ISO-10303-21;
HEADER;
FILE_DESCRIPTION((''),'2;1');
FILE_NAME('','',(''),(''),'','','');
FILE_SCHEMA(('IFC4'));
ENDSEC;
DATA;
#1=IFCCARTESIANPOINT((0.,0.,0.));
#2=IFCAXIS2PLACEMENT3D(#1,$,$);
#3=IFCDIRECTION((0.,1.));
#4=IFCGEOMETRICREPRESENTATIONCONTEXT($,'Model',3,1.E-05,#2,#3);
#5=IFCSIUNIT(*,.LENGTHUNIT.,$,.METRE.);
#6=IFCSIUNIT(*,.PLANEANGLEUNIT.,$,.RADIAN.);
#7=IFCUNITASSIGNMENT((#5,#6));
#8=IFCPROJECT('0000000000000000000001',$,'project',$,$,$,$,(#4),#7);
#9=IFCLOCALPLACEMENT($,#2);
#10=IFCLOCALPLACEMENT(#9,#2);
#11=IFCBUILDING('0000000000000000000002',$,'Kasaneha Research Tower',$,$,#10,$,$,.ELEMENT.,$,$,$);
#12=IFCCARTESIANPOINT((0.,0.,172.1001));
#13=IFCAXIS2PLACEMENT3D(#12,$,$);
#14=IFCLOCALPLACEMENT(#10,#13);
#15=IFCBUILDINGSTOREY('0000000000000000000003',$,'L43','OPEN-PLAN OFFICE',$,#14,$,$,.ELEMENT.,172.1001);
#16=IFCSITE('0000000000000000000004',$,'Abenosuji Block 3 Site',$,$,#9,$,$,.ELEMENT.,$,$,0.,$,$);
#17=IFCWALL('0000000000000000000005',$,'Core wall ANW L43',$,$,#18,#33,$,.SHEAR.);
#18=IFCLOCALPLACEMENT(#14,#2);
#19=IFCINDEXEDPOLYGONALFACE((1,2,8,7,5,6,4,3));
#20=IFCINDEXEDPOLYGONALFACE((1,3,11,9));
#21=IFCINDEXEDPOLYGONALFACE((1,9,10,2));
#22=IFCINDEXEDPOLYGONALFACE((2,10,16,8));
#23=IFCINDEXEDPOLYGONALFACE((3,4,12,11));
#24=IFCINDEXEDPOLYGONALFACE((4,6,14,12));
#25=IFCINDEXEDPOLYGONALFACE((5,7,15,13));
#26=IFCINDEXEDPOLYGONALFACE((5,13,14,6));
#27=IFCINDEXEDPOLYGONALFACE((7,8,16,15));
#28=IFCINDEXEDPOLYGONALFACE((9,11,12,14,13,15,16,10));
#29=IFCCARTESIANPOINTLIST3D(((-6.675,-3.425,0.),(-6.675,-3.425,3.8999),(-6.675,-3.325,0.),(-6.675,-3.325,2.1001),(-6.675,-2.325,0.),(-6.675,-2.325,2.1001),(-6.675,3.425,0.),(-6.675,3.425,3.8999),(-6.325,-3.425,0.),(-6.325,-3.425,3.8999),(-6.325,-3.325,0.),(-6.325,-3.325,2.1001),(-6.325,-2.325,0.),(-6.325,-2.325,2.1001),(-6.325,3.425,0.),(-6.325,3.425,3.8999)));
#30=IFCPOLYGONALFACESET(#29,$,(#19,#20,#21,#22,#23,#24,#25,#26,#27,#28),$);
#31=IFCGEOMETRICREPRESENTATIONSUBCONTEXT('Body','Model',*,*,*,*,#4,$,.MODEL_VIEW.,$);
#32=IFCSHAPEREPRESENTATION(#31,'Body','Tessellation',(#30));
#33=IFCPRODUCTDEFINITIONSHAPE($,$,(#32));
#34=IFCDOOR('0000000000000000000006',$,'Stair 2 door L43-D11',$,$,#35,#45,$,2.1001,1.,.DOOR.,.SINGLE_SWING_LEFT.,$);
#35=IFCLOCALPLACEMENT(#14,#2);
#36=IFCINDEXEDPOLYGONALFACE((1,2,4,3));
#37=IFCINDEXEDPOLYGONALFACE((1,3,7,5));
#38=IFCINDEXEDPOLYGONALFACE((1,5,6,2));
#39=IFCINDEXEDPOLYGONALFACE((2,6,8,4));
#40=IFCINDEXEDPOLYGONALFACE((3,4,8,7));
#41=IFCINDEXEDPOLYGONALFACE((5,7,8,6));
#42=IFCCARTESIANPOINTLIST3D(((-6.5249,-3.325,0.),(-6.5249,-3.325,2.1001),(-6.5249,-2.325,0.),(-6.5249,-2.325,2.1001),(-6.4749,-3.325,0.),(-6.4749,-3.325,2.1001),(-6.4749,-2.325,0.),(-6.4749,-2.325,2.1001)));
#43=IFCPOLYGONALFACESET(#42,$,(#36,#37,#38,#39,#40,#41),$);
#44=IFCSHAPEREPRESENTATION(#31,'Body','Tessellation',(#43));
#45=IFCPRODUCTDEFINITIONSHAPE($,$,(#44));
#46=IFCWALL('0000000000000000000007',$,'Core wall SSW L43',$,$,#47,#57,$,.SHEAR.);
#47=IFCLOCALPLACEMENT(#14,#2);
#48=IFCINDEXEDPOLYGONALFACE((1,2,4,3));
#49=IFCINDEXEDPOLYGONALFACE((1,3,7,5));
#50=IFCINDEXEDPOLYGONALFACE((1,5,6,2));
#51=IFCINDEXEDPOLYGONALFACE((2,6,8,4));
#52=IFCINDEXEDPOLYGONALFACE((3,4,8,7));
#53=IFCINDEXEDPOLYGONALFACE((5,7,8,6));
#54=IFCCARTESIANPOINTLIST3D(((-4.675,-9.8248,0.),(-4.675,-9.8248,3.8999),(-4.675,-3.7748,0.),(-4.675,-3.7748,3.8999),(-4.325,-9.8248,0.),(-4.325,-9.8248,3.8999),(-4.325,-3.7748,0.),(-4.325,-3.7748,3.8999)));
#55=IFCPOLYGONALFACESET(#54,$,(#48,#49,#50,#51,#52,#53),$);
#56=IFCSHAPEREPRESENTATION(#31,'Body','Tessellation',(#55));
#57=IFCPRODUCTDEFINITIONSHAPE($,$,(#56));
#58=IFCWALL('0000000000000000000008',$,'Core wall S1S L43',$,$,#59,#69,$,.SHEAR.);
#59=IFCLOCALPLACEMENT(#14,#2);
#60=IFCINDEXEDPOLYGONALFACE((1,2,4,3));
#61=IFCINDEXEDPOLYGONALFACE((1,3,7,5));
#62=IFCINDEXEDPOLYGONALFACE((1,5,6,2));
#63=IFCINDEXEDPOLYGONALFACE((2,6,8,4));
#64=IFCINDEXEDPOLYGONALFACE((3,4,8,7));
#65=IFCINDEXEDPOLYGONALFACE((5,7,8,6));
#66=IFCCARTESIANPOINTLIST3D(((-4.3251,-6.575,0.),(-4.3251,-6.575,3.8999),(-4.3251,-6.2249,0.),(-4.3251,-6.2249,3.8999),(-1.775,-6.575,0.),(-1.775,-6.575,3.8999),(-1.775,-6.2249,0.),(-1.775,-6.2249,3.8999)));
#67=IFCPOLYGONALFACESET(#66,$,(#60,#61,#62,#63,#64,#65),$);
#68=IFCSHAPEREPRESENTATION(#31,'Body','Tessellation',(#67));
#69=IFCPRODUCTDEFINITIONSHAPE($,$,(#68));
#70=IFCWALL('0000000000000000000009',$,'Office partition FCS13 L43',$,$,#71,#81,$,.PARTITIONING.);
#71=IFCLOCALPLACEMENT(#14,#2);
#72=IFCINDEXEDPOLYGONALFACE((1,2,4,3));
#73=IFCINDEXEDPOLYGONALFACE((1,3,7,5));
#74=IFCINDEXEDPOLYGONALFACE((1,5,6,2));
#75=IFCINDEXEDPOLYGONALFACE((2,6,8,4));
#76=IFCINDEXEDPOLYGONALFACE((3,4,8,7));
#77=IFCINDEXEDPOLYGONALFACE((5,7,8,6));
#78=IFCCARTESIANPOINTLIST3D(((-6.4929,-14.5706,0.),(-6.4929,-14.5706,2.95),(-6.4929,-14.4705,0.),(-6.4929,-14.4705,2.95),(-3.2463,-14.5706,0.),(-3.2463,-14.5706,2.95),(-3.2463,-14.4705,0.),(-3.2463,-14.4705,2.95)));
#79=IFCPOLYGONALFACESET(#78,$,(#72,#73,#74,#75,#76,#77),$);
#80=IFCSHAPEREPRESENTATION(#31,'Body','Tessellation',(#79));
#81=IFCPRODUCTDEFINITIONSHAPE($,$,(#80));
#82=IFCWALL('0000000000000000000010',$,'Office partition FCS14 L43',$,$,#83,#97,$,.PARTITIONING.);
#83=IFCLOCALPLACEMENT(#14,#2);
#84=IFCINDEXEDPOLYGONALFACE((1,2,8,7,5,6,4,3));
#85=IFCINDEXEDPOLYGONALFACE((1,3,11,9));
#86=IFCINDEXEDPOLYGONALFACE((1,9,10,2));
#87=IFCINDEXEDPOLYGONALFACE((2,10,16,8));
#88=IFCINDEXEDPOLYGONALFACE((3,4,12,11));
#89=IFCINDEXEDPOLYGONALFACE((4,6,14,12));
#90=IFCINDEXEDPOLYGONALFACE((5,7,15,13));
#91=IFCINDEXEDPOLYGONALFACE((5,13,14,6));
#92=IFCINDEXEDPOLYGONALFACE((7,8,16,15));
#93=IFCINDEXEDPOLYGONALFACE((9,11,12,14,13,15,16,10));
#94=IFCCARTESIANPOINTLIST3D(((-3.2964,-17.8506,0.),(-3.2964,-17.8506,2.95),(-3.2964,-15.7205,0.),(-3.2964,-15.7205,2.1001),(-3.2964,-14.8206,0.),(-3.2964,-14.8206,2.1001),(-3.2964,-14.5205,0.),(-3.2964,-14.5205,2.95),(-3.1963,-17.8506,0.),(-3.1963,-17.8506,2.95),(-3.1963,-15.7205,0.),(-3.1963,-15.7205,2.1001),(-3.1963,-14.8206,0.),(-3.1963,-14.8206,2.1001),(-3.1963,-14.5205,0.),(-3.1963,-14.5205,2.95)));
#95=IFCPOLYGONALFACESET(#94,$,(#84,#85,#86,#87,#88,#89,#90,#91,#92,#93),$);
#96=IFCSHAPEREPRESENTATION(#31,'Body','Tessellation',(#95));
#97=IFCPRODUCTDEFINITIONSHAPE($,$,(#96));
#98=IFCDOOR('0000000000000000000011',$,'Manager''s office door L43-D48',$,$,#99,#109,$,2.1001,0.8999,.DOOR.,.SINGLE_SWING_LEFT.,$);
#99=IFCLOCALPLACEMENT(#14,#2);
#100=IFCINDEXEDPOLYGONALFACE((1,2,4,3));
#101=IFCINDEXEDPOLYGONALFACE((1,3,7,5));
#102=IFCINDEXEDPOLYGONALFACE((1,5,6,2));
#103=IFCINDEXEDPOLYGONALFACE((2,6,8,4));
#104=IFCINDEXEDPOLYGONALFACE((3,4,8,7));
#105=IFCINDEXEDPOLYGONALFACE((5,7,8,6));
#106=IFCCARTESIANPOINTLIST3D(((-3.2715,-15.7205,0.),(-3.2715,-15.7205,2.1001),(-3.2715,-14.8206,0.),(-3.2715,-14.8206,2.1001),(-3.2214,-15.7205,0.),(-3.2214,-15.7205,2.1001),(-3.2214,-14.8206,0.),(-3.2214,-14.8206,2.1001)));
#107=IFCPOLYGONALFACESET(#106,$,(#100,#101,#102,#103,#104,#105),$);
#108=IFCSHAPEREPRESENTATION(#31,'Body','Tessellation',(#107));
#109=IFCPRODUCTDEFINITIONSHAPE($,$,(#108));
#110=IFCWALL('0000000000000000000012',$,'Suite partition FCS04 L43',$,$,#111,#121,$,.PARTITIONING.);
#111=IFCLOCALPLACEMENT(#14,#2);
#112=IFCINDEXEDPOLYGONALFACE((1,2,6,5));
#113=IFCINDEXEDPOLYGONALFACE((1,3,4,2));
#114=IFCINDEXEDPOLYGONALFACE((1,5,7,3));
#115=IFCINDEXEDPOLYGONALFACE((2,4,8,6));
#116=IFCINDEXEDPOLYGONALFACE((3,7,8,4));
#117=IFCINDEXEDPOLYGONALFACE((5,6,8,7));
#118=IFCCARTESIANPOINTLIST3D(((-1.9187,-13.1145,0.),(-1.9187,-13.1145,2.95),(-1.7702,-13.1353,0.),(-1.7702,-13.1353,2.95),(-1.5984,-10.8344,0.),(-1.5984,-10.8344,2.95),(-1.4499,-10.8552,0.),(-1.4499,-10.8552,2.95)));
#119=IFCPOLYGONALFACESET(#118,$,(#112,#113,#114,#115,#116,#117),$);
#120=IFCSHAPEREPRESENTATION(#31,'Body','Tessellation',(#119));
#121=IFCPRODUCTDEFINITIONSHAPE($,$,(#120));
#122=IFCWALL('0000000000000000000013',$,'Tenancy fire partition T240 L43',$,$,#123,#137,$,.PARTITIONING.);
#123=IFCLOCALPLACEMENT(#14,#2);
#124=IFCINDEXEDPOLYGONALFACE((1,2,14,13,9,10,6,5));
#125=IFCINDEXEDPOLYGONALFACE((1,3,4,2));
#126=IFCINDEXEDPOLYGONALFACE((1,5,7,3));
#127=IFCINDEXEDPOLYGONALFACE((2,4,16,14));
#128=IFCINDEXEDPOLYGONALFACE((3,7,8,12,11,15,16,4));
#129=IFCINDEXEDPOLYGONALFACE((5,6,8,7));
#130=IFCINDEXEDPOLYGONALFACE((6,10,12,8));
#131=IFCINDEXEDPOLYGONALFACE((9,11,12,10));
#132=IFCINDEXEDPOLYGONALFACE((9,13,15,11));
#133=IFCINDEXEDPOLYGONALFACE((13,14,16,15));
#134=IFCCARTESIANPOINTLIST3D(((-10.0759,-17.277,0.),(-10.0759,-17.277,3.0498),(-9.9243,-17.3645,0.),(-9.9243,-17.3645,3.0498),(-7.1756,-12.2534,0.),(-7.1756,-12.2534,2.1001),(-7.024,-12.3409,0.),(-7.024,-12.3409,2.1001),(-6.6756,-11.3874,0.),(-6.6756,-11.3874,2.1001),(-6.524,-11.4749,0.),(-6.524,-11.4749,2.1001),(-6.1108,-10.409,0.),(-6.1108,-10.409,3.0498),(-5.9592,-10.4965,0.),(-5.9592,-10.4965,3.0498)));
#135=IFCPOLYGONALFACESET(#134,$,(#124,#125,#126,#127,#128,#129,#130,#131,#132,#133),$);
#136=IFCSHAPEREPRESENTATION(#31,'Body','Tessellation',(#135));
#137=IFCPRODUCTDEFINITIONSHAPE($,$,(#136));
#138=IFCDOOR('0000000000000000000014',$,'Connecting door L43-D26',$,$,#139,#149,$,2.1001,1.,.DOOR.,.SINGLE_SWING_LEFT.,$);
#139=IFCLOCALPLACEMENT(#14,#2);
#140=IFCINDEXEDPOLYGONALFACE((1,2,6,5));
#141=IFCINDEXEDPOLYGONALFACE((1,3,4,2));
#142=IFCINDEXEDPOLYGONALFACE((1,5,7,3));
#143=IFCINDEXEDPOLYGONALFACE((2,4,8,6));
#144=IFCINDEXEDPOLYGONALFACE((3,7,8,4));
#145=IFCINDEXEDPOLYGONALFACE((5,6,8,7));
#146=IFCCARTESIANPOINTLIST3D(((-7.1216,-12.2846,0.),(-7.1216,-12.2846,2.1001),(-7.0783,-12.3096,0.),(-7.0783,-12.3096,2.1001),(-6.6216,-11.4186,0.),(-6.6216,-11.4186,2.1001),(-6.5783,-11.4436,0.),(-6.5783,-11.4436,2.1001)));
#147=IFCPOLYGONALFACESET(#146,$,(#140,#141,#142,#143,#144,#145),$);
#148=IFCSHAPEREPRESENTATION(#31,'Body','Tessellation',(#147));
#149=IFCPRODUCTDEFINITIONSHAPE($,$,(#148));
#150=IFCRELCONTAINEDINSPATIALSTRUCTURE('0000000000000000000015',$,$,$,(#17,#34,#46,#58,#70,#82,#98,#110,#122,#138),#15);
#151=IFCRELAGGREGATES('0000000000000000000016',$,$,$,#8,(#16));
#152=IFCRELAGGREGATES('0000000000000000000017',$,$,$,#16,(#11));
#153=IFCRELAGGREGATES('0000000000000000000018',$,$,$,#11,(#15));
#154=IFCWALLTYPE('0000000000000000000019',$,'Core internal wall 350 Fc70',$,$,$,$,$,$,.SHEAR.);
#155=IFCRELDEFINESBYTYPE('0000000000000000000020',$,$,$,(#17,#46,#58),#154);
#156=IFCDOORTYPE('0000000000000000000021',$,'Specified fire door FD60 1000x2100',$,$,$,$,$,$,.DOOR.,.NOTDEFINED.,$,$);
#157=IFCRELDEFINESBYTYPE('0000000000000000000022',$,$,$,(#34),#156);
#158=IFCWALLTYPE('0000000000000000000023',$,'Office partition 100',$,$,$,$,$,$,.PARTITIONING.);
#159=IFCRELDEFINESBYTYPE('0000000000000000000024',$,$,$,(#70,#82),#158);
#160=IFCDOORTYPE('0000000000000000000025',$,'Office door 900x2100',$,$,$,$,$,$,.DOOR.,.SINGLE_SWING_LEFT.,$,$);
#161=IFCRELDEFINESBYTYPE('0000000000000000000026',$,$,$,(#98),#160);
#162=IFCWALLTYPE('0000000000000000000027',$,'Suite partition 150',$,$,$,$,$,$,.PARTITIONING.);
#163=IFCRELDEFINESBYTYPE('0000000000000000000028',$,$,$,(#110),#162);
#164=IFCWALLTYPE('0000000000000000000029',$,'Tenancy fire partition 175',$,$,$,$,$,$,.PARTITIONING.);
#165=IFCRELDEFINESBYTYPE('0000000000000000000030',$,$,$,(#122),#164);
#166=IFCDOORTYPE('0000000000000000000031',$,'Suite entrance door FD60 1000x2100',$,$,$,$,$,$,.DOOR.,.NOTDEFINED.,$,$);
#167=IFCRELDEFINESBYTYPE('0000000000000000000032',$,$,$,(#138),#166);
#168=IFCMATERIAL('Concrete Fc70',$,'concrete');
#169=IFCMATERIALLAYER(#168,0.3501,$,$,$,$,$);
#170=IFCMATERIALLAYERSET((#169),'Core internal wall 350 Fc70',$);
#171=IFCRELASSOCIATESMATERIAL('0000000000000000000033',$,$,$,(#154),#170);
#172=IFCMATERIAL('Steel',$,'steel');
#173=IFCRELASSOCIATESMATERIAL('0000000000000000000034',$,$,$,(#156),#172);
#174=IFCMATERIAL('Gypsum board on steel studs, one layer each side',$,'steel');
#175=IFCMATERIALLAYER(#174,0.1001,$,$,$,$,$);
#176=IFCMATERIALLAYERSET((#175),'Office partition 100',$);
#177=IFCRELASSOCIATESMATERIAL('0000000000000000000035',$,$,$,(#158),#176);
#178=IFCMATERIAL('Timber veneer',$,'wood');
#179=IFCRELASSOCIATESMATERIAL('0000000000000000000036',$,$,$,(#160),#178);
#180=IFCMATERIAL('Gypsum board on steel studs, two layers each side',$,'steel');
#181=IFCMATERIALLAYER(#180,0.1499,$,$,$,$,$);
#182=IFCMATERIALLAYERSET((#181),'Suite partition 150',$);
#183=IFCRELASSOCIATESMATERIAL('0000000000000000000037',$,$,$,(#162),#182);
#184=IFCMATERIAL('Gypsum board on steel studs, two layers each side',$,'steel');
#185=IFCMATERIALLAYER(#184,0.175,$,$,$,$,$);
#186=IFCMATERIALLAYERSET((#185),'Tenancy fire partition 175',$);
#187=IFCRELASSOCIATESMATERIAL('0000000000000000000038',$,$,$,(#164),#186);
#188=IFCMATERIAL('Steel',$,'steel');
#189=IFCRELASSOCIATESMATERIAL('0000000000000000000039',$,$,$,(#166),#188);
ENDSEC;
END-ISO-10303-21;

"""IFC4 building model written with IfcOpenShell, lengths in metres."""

from ifc_helpers import new_model, si_unit, direction, frame, frame_2d, origin, place, context, subcontext, project, spatial, rectangle, extrude, material, layer, layer_set, type_object, element, fill, save


model = new_model("IFC4")

# Units and contexts
model_context = context("Model", 3, precision=1e-05, world=origin(), true_north=direction((0.0, 1.0)))
body_context = subcontext(model_context, "Body", "Model", "MODEL_VIEW")
ifc_project = project(units=[si_unit("LENGTHUNIT", "METRE"), si_unit("PLANEANGLEUNIT", "RADIAN")], contexts=[model_context])

# Site, building, storey
site_placement = place(None, origin())
site = spatial("IfcSite", under=ifc_project, at=site_placement, Name="Abenosuji Block 3 Site", CompositionType="ELEMENT", RefElevation=0.0)
building_placement = place(site_placement, origin())
building = spatial("IfcBuilding", under=site, at=building_placement, Name="Kasaneha Research Tower", CompositionType="ELEMENT")
storey_placement = place(building_placement, frame((0.0, 0.0, 172.1001)))
storey = spatial("IfcBuildingStorey", under=building, at=storey_placement, Name="L43", Description="OPEN-PLAN OFFICE", CompositionType="ELEMENT", Elevation=172.1001)

# Wall, opening, door
ifc_material_1 = material(Name="Concrete Fc70", Category="concrete")
ifc_layer_1 = layer(ifc_material_1, 0.3501)
ifc_layer_set_1 = layer_set([ifc_layer_1], Name="Core internal wall 350 Fc70")
wall_type_1 = type_object("IfcWallType", Name="Core internal wall 350 Fc70", PredefinedType="SHEAR", material=ifc_layer_set_1)
ifc_material_2 = material(Name="Steel", Category="steel")
door_type_1 = type_object("IfcDoorType", Name="Specified fire door FD60 1000x2100", OperationType="NOTDEFINED", PredefinedType="DOOR", material=ifc_material_2)
wall_1_placement = place(storey_placement, frame((-6.5, -3.425, 0.0), z_axis=(0.0, 0.0, 1.0), x_axis=(0.0, 1.0, 0.0)))
wall_1 = element("IfcWall", 1, at=wall_1_placement, inside=storey, type_object=wall_type_1, Name="Core wall ANW L43", PredefinedType="SHEAR", context=body_context, shape_type="SweptSolid", body=[
    extrude(rectangle(XDim=6.8501, YDim=0.3501, at=frame_2d((3.425, 0.0))), origin(), (0.0, 0.0, 1.0), 3.8999),
])
opening_1_placement = place(wall_1_placement, frame((0.1001, 0.0, 0.0)))
opening_1 = element("IfcOpeningElement", 2, at=opening_1_placement, cuts=wall_1, PredefinedType="OPENING", context=body_context, shape_type="SweptSolid", body=[
    extrude(rectangle(XDim=1.0, YDim=2.1001, at=frame_2d((0.5, 1.05))), frame((0.0, 0.1851, 0.0), z_axis=(0.0, -1.0, 0.0), x_axis=(1.0, 0.0, 0.0)), (0.0, 0.0, 1.0), 0.3701),
])
door_1_placement = place(opening_1_placement, origin())
door_1 = element("IfcDoor", 3, at=door_1_placement, inside=storey, type_object=door_type_1, Name="Stair 2 door L43-D11", OperationType="SINGLE_SWING_LEFT", OverallHeight=2.1001, OverallWidth=1.0, PredefinedType="DOOR", context=body_context, shape_type="SweptSolid", body=[
    extrude(rectangle(XDim=1.0, YDim=2.1001, at=frame_2d((0.5, 1.05))), frame((0.0, 0.0249, 0.0), z_axis=(0.0, -1.0, 0.0), x_axis=(1.0, 0.0, 0.0)), (0.0, 0.0, 1.0), 0.05),
])
fill(opening_1, door_1)

# Walls
wall_2_placement = place(storey_placement, frame((-4.5, -3.7749, 0.0), z_axis=(0.0, 0.0, 1.0), x_axis=(0.0, -1.0, 0.0)))
element("IfcWall", 4, at=wall_2_placement, inside=storey, type_object=wall_type_1, Name="Core wall SSW L43", PredefinedType="SHEAR", context=body_context, shape_type="SweptSolid", body=[
    extrude(rectangle(XDim=6.05, YDim=0.3501, at=frame_2d((3.0249, 0.0))), origin(), (0.0, 0.0, 1.0), 3.8999),
])
wall_3_placement = place(storey_placement, frame((-4.325, -6.3999, 0.0), z_axis=(0.0, 0.0, 1.0), x_axis=(1.0, 0.0, 0.0)))
element("IfcWall", 5, at=wall_3_placement, inside=storey, type_object=wall_type_1, Name="Core wall S1S L43", PredefinedType="SHEAR", context=body_context, shape_type="SweptSolid", body=[
    extrude(rectangle(XDim=2.55, YDim=0.3501, at=frame_2d((1.2749, 0.0))), origin(), (0.0, 0.0, 1.0), 3.8999),
])

# Wall
ifc_material_3 = material(Name="Gypsum board on steel studs, one layer each side", Category="steel")
ifc_layer_2 = layer(ifc_material_3, 0.1001)
ifc_layer_set_2 = layer_set([ifc_layer_2], Name="Office partition 100")
wall_type_2 = type_object("IfcWallType", Name="Office partition 100", PredefinedType="PARTITIONING", material=ifc_layer_set_2)
wall_4_placement = place(storey_placement, frame((-6.4929, -14.5205, 0.0), z_axis=(0.0, 0.0, 1.0), x_axis=(1.0, 0.0, 0.0)))
element("IfcWall", 6, at=wall_4_placement, inside=storey, type_object=wall_type_2, Name="Office partition FCS13 L43", PredefinedType="PARTITIONING", context=body_context, shape_type="SweptSolid", body=[
    extrude(rectangle(XDim=3.2466, YDim=0.1001, at=frame_2d((1.6233, 0.0))), origin(), (0.0, 0.0, 1.0), 2.95),
])

# Wall, opening, door
wall_5_placement = place(storey_placement, frame((-3.2463, -14.5205, 0.0), z_axis=(0.0, 0.0, 1.0), x_axis=(0.0, -1.0, 0.0)))
wall_5 = element("IfcWall", 7, at=wall_5_placement, inside=storey, type_object=wall_type_2, Name="Office partition FCS14 L43", PredefinedType="PARTITIONING", context=body_context, shape_type="SweptSolid", body=[
    extrude(rectangle(XDim=3.3301, YDim=0.1001, at=frame_2d((1.665, 0.0))), origin(), (0.0, 0.0, 1.0), 2.95),
])
opening_2_placement = place(wall_5_placement, frame((0.3, 0.0, 0.0)))
opening_2 = element("IfcOpeningElement", 8, at=opening_2_placement, cuts=wall_5, PredefinedType="OPENING", context=body_context, shape_type="SweptSolid", body=[
    extrude(rectangle(XDim=0.8999, YDim=2.1001, at=frame_2d((0.45, 1.05))), frame((0.0, 0.0601, 0.0), z_axis=(0.0, -1.0, 0.0), x_axis=(1.0, 0.0, 0.0)), (0.0, 0.0, 1.0), 0.1201),
])
ifc_material_4 = material(Name="Timber veneer", Category="wood")
door_type_2 = type_object("IfcDoorType", Name="Office door 900x2100", OperationType="SINGLE_SWING_LEFT", PredefinedType="DOOR", material=ifc_material_4)
door_2_placement = place(opening_2_placement, origin())
door_2 = element("IfcDoor", 9, at=door_2_placement, inside=storey, type_object=door_type_2, Name="Manager's office door L43-D48", OperationType="SINGLE_SWING_LEFT", OverallHeight=2.1001, OverallWidth=0.8999, PredefinedType="DOOR", context=body_context, shape_type="SweptSolid", body=[
    extrude(rectangle(XDim=0.8999, YDim=2.1001, at=frame_2d((0.45, 1.05))), frame((0.0, 0.0249, 0.0), z_axis=(0.0, -1.0, 0.0), x_axis=(1.0, 0.0, 0.0)), (0.0, 0.0, 1.0), 0.05),
])
fill(opening_2, door_2)

# Wall
ifc_material_5 = material(Name="Gypsum board on steel studs, two layers each side", Category="steel")
ifc_layer_3 = layer(ifc_material_5, 0.1499)
ifc_layer_set_3 = layer_set([ifc_layer_3], Name="Suite partition 150")
wall_type_3 = type_object("IfcWallType", Name="Suite partition 150", PredefinedType="PARTITIONING", material=ifc_layer_set_3)
wall_6_placement = place(storey_placement, frame((-1.8445, -13.125, 0.0), z_axis=(0.0, 0.0, 1.0), x_axis=(0.13912, 0.990276, 0.0)))
element("IfcWall", 10, at=wall_6_placement, inside=storey, type_object=wall_type_3, Name="Suite partition FCS04 L43", PredefinedType="PARTITIONING", context=body_context, shape_type="SweptSolid", body=[
    extrude(rectangle(XDim=2.3025, YDim=0.1499, at=frame_2d((1.1514, 0.0))), origin(), (0.0, 0.0, 1.0), 2.95),
])

# Wall, opening, door
ifc_material_6 = material(Name="Gypsum board on steel studs, two layers each side", Category="steel")
ifc_layer_4 = layer(ifc_material_6, 0.175)
ifc_layer_set_4 = layer_set([ifc_layer_4], Name="Tenancy fire partition 175")
wall_type_4 = type_object("IfcWallType", Name="Tenancy fire partition 175", PredefinedType="PARTITIONING", material=ifc_layer_set_4)
wall_7_placement = place(storey_placement, frame((-6.0349, -10.4526, 0.0), z_axis=(0.0, 0.0, 1.0), x_axis=(-0.49999, -0.866031, 0.0)))
wall_7 = element("IfcWall", 11, at=wall_7_placement, inside=storey, type_object=wall_type_4, Name="Tenancy fire partition T240 L43", PredefinedType="PARTITIONING", context=body_context, shape_type="SweptSolid", body=[
    extrude(rectangle(XDim=7.9304, YDim=0.175, at=frame_2d((3.9653, 0.0))), origin(), (0.0, 0.0, 1.0), 3.0498),
])
opening_3_placement = place(wall_7_placement, frame((1.1299, 0.0, 0.0)))
opening_3 = element("IfcOpeningElement", 12, at=opening_3_placement, cuts=wall_7, PredefinedType="OPENING", context=body_context, shape_type="SweptSolid", body=[
    extrude(rectangle(XDim=1.0, YDim=2.1001, at=frame_2d((0.5, 1.05))), frame((0.0, 0.0977, 0.0), z_axis=(0.0, -1.0, 0.0), x_axis=(1.0, 0.0, 0.0)), (0.0, 0.0, 1.0), 0.1951),
])
ifc_material_7 = material(Name="Steel", Category="steel")
door_type_3 = type_object("IfcDoorType", Name="Suite entrance door FD60 1000x2100", OperationType="NOTDEFINED", PredefinedType="DOOR", material=ifc_material_7)
door_3_placement = place(opening_3_placement, origin())
door_3 = element("IfcDoor", 13, at=door_3_placement, inside=storey, type_object=door_type_3, Name="Connecting door L43-D26", OperationType="SINGLE_SWING_LEFT", OverallHeight=2.1001, OverallWidth=1.0, PredefinedType="DOOR", context=body_context, shape_type="SweptSolid", body=[
    extrude(rectangle(XDim=1.0, YDim=2.1001, at=frame_2d((0.5, 1.05))), frame((0.0, 0.0249, 0.0), z_axis=(0.0, -1.0, 0.0), x_axis=(1.0, 0.0, 0.0)), (0.0, 0.0, 1.0), 0.05),
])
fill(opening_3, door_3)

save(model, "model.ifc")
